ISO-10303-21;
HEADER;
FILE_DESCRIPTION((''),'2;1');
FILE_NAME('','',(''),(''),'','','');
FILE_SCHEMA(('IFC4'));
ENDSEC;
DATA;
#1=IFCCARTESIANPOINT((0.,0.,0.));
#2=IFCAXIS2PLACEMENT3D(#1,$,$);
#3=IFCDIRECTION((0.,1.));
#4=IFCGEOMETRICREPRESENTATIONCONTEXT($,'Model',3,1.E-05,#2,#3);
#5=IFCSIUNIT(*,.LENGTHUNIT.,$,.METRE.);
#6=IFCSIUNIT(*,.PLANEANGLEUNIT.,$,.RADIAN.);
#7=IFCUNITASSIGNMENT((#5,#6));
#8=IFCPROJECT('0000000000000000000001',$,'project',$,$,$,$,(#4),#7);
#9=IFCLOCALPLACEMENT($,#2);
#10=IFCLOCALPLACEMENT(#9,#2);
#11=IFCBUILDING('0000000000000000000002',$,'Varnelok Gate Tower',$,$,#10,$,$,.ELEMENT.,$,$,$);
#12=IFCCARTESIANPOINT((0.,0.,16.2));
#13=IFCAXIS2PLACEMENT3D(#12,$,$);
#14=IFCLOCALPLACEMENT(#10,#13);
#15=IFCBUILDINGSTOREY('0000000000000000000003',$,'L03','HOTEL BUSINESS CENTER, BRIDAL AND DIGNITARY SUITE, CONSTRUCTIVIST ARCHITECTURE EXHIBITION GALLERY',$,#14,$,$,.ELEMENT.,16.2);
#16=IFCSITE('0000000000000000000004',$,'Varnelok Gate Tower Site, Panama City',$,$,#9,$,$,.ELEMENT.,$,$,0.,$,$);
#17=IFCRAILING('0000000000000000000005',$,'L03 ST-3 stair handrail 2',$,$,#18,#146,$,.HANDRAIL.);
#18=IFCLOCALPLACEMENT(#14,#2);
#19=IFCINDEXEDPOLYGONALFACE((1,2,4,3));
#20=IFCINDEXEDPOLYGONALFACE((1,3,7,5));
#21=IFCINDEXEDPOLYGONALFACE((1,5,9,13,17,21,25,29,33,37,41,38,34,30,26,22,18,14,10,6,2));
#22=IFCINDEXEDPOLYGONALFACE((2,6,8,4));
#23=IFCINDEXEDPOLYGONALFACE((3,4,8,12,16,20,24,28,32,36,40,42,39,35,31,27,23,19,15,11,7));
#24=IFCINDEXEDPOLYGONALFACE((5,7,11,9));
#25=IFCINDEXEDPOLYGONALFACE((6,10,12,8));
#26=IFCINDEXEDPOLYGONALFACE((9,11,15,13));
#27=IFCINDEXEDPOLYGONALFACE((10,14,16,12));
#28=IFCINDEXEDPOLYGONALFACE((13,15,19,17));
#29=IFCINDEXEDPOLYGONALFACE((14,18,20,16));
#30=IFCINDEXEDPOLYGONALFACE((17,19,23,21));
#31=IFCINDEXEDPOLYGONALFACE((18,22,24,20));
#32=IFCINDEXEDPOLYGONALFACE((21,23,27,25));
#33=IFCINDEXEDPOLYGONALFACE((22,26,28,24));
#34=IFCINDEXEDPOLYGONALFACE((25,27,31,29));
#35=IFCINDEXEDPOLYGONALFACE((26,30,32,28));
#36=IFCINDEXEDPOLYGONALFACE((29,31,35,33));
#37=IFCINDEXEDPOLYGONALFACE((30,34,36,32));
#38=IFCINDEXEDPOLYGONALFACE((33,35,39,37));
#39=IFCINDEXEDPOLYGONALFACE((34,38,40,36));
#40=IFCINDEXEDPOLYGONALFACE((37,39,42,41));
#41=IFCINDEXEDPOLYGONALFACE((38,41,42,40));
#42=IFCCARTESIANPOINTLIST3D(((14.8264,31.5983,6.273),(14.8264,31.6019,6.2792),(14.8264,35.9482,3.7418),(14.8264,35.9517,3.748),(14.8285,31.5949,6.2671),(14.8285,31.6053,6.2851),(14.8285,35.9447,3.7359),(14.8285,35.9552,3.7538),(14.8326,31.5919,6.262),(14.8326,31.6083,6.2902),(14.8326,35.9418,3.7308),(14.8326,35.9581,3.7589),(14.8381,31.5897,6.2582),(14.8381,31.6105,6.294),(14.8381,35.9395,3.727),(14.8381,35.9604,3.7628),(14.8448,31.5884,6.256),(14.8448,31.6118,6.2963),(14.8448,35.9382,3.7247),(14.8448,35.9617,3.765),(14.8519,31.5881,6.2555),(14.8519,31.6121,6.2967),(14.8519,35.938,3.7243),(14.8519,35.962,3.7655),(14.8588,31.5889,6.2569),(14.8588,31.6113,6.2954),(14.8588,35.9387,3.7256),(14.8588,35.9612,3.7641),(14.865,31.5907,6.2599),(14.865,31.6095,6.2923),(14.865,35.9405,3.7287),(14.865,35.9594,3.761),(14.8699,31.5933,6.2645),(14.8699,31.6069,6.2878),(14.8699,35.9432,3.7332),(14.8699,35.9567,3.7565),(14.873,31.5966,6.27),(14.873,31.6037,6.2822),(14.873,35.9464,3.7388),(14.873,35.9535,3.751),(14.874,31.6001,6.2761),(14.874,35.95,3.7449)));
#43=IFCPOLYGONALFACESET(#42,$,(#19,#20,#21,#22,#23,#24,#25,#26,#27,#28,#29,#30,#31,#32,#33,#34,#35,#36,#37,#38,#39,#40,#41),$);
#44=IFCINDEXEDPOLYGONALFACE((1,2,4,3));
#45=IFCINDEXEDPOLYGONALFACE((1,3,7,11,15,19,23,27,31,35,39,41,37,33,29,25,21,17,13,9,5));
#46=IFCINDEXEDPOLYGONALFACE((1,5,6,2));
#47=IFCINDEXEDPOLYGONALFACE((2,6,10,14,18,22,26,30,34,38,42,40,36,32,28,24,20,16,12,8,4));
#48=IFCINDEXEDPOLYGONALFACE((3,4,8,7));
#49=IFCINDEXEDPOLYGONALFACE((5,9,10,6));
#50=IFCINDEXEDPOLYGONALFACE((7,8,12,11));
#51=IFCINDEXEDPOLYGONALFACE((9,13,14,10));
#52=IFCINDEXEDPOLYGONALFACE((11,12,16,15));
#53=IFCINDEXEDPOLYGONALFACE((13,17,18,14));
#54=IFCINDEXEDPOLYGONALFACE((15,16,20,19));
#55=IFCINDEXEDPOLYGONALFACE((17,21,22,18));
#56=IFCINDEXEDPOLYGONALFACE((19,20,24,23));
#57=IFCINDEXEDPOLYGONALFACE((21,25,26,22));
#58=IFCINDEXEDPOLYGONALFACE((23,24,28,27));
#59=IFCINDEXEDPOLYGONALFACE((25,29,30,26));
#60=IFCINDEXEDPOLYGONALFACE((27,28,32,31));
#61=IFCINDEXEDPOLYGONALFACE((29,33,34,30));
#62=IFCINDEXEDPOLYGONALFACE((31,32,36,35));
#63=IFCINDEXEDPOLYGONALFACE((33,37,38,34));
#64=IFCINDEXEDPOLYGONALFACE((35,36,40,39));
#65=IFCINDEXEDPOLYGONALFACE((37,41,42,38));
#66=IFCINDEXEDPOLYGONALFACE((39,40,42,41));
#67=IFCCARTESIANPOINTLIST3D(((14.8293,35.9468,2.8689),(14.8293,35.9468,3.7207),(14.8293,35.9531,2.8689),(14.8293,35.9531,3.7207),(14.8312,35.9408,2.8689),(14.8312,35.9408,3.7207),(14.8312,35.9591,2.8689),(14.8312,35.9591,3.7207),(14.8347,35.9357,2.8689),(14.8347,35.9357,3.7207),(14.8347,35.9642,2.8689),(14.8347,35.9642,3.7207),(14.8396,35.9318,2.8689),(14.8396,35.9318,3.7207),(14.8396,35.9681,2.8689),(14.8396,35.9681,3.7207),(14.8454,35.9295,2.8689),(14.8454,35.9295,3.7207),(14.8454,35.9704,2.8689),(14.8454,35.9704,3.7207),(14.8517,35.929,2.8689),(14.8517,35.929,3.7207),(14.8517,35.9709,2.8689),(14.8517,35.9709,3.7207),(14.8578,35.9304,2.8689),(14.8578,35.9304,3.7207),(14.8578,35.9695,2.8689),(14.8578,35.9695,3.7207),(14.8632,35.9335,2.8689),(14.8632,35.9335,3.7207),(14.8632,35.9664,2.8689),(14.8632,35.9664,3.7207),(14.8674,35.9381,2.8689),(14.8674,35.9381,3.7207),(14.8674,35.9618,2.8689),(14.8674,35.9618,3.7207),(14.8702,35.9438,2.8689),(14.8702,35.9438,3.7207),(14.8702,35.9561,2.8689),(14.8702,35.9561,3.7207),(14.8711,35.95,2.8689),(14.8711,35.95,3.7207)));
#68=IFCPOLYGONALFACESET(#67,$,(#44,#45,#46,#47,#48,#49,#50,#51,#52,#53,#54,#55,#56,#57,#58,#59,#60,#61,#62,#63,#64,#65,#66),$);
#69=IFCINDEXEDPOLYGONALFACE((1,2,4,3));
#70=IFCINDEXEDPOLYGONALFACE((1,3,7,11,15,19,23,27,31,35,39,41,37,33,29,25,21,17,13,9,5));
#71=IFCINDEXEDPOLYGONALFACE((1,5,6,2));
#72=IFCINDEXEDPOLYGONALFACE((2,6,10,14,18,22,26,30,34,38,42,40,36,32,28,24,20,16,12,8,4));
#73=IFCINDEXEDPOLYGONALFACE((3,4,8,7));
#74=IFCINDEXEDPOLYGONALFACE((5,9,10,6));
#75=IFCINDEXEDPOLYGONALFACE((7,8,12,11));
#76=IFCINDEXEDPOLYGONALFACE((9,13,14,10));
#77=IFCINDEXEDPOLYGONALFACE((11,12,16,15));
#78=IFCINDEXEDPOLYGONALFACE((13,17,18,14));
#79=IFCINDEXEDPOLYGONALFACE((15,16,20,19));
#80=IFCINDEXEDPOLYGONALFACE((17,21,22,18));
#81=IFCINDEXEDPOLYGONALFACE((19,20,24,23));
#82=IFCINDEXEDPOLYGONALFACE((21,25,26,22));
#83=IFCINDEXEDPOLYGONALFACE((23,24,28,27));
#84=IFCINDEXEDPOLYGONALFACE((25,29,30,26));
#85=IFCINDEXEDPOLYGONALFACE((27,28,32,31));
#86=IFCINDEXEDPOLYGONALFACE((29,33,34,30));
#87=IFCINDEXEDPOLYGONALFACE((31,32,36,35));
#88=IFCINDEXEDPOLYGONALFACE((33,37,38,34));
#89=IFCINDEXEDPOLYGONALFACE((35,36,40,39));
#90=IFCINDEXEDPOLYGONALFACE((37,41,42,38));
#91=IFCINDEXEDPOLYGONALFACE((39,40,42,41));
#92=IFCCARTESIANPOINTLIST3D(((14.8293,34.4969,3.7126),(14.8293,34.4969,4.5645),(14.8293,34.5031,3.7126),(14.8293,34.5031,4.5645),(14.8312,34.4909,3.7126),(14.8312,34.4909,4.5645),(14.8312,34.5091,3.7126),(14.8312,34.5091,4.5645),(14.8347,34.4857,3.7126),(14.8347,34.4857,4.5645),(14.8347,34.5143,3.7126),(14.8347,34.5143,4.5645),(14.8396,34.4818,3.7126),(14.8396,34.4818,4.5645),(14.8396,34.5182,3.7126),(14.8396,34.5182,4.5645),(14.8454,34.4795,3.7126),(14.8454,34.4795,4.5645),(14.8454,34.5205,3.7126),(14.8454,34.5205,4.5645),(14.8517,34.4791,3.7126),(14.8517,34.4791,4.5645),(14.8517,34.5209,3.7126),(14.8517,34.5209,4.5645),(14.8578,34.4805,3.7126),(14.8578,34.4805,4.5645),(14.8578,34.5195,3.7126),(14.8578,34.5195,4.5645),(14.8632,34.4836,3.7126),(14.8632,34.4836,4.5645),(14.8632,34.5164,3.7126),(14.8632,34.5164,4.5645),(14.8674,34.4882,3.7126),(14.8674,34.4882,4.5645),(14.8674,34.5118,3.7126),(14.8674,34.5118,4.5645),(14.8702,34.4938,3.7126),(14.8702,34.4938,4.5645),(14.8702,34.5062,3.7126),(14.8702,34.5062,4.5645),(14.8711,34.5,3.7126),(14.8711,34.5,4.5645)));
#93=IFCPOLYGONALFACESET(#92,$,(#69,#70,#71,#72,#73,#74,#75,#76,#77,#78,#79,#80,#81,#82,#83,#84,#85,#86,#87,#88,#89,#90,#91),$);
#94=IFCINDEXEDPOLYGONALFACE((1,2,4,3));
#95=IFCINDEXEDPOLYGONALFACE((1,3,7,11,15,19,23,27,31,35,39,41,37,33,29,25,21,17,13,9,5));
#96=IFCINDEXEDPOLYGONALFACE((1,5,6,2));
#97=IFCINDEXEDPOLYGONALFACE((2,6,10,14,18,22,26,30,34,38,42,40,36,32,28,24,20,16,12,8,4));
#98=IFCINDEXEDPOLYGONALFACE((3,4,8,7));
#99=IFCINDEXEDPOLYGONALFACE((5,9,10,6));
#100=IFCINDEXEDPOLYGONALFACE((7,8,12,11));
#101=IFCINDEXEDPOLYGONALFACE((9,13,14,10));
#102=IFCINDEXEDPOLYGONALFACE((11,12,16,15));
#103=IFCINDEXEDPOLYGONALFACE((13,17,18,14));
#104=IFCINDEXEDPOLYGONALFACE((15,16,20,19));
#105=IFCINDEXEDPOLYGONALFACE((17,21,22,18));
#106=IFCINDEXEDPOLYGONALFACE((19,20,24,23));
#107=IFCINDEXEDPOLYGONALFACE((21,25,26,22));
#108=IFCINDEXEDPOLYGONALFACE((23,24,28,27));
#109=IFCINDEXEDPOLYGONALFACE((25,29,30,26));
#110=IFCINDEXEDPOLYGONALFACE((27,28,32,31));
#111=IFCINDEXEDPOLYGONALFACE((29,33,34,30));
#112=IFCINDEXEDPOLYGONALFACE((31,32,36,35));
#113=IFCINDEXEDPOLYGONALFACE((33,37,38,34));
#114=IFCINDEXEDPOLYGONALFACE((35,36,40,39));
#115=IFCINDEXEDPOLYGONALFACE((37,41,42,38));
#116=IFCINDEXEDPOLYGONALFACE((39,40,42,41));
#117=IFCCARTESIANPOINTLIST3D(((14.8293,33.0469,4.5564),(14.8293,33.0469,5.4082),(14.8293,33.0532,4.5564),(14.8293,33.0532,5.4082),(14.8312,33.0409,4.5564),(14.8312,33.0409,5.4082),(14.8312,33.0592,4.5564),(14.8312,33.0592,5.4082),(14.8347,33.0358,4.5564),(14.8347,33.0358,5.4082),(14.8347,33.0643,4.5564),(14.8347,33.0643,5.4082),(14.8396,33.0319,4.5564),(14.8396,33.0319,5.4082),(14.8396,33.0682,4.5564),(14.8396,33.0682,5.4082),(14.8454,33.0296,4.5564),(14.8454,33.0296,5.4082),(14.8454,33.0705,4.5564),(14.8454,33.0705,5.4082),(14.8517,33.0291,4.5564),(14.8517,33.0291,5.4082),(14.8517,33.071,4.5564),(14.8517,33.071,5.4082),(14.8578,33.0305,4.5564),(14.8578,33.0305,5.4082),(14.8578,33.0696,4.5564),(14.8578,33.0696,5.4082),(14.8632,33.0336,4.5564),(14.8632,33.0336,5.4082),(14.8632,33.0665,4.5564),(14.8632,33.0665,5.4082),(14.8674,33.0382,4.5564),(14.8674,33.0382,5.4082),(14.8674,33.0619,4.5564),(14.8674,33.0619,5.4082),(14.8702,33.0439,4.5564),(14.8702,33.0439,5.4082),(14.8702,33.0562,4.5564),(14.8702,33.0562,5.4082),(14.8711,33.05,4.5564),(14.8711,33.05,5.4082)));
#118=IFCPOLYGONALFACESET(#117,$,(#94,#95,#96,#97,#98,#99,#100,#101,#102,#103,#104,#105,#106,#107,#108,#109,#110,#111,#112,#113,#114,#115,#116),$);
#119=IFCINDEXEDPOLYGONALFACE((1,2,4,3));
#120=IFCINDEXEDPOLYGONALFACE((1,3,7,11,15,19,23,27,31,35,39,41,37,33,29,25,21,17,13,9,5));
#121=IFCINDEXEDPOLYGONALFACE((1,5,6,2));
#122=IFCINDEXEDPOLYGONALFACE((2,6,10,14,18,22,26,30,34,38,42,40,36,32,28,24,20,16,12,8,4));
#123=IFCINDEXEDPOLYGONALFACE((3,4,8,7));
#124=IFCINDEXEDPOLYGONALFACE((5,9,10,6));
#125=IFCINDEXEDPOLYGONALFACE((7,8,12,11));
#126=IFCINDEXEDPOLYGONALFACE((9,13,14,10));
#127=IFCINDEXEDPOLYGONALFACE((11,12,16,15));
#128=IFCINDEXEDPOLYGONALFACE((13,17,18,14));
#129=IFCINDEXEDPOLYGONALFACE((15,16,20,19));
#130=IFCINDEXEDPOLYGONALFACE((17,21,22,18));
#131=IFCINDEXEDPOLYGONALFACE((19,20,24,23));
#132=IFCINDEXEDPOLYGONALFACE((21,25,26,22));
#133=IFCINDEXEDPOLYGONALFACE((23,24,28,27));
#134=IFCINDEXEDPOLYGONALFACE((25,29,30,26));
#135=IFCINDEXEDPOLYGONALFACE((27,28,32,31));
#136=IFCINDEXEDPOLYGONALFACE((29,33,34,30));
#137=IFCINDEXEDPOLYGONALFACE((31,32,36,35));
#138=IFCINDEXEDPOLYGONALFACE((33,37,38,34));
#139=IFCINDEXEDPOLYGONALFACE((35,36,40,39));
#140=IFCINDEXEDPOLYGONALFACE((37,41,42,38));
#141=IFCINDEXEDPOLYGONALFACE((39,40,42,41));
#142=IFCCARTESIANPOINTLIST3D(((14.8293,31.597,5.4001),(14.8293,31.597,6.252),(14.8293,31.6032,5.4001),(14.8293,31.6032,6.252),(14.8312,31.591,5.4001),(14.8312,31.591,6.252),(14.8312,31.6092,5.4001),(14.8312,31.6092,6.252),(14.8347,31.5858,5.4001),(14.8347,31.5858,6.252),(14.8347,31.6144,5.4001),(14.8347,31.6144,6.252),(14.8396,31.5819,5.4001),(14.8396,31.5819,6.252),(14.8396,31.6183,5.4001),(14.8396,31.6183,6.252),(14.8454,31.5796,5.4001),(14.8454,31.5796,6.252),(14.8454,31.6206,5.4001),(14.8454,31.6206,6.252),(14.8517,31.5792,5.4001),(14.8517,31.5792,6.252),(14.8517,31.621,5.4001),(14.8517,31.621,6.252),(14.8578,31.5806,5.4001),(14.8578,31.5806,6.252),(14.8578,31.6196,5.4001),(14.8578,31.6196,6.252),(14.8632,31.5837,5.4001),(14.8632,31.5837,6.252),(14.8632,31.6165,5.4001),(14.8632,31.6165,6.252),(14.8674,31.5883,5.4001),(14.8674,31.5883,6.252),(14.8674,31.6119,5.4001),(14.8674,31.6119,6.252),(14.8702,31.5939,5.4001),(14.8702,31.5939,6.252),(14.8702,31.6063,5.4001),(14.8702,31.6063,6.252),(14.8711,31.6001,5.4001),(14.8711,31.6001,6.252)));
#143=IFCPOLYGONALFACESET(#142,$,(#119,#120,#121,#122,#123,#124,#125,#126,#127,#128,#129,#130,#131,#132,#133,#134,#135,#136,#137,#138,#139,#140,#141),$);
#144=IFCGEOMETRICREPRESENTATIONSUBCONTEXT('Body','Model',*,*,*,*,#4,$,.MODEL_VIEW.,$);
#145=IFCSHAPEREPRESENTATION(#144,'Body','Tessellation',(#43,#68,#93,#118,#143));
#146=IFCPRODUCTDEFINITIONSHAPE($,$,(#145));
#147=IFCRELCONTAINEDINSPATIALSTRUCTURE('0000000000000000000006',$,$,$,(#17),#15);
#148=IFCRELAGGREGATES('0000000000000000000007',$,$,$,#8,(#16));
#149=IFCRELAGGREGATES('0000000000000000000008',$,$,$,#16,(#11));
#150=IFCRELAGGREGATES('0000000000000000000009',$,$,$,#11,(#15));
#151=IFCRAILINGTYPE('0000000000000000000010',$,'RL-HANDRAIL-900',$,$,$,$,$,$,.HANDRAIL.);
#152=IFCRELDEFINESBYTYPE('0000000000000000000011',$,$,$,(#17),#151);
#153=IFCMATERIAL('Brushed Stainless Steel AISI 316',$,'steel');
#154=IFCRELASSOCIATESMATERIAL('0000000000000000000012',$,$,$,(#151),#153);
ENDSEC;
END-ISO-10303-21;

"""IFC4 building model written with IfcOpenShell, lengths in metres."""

from ifc_helpers import new_model, si_unit, direction, frame, origin, origin_2d, place, context, subcontext, project, spatial, circle, extrude, material, type_object, element, save


model = new_model("IFC4")

# Units and contexts
model_context = context("Model", 3, precision=1e-05, world=origin(), true_north=direction((0.0, 1.0)))
body_context = subcontext(model_context, "Body", "Model", "MODEL_VIEW")
ifc_project = project(units=[si_unit("LENGTHUNIT", "METRE"), si_unit("PLANEANGLEUNIT", "RADIAN")], contexts=[model_context])

# Site, building, storey
site_placement = place(None, origin())
site = spatial("IfcSite", under=ifc_project, at=site_placement, Name="Varnelok Gate Tower Site, Panama City", CompositionType="ELEMENT", RefElevation=0.0)
building_placement = place(site_placement, origin())
building = spatial("IfcBuilding", under=site, at=building_placement, Name="Varnelok Gate Tower", CompositionType="ELEMENT")
storey_placement = place(building_placement, frame((0.0, 0.0, 16.2)))
storey = spatial("IfcBuildingStorey", under=building, at=storey_placement, Name="L03", Description="HOTEL BUSINESS CENTER, BRIDAL AND DIGNITARY SUITE, CONSTRUCTIVIST ARCHITECTURE EXHIBITION GALLERY", CompositionType="ELEMENT", Elevation=16.2)

# Railing
ifc_material_1 = material(Name="Brushed Stainless Steel AISI 316", Category="steel")
railing_type_1 = type_object("IfcRailingType", Name="RL-HANDRAIL-900", PredefinedType="HANDRAIL", material=ifc_material_1)
railing_1_placement = place(storey_placement, frame((14.8501, 35.95, 2.8689)))
element("IfcRailing", 1, at=railing_1_placement, inside=storey, type_object=railing_type_1, Name="L03 ST-3 stair handrail 2", PredefinedType="HANDRAIL", context=body_context, shape_type="SweptSolid", body=[
    extrude(circle(Radius=0.0239, at=origin_2d()), frame((0.0, 0.0, 0.876), z_axis=(0.0, -0.864312, 0.502957), x_axis=(1.0, 0.0, 0.0)), (0.0, 0.0, 1.0), 5.0327),
    extrude(circle(Radius=0.021, at=origin_2d()), origin(), (0.0, 0.0, 1.0), 0.8518),
    extrude(circle(Radius=0.021, at=origin_2d()), frame((0.0, -1.45, 0.8438)), (0.0, 0.0, 1.0), 0.8518),
    extrude(circle(Radius=0.021, at=origin_2d()), frame((0.0, -2.8999, 1.6875)), (0.0, 0.0, 1.0), 0.8518),
    extrude(circle(Radius=0.021, at=origin_2d()), frame((0.0, -4.3499, 2.5312)), (0.0, 0.0, 1.0), 0.8518),
])

save(model, "model.ifc")
